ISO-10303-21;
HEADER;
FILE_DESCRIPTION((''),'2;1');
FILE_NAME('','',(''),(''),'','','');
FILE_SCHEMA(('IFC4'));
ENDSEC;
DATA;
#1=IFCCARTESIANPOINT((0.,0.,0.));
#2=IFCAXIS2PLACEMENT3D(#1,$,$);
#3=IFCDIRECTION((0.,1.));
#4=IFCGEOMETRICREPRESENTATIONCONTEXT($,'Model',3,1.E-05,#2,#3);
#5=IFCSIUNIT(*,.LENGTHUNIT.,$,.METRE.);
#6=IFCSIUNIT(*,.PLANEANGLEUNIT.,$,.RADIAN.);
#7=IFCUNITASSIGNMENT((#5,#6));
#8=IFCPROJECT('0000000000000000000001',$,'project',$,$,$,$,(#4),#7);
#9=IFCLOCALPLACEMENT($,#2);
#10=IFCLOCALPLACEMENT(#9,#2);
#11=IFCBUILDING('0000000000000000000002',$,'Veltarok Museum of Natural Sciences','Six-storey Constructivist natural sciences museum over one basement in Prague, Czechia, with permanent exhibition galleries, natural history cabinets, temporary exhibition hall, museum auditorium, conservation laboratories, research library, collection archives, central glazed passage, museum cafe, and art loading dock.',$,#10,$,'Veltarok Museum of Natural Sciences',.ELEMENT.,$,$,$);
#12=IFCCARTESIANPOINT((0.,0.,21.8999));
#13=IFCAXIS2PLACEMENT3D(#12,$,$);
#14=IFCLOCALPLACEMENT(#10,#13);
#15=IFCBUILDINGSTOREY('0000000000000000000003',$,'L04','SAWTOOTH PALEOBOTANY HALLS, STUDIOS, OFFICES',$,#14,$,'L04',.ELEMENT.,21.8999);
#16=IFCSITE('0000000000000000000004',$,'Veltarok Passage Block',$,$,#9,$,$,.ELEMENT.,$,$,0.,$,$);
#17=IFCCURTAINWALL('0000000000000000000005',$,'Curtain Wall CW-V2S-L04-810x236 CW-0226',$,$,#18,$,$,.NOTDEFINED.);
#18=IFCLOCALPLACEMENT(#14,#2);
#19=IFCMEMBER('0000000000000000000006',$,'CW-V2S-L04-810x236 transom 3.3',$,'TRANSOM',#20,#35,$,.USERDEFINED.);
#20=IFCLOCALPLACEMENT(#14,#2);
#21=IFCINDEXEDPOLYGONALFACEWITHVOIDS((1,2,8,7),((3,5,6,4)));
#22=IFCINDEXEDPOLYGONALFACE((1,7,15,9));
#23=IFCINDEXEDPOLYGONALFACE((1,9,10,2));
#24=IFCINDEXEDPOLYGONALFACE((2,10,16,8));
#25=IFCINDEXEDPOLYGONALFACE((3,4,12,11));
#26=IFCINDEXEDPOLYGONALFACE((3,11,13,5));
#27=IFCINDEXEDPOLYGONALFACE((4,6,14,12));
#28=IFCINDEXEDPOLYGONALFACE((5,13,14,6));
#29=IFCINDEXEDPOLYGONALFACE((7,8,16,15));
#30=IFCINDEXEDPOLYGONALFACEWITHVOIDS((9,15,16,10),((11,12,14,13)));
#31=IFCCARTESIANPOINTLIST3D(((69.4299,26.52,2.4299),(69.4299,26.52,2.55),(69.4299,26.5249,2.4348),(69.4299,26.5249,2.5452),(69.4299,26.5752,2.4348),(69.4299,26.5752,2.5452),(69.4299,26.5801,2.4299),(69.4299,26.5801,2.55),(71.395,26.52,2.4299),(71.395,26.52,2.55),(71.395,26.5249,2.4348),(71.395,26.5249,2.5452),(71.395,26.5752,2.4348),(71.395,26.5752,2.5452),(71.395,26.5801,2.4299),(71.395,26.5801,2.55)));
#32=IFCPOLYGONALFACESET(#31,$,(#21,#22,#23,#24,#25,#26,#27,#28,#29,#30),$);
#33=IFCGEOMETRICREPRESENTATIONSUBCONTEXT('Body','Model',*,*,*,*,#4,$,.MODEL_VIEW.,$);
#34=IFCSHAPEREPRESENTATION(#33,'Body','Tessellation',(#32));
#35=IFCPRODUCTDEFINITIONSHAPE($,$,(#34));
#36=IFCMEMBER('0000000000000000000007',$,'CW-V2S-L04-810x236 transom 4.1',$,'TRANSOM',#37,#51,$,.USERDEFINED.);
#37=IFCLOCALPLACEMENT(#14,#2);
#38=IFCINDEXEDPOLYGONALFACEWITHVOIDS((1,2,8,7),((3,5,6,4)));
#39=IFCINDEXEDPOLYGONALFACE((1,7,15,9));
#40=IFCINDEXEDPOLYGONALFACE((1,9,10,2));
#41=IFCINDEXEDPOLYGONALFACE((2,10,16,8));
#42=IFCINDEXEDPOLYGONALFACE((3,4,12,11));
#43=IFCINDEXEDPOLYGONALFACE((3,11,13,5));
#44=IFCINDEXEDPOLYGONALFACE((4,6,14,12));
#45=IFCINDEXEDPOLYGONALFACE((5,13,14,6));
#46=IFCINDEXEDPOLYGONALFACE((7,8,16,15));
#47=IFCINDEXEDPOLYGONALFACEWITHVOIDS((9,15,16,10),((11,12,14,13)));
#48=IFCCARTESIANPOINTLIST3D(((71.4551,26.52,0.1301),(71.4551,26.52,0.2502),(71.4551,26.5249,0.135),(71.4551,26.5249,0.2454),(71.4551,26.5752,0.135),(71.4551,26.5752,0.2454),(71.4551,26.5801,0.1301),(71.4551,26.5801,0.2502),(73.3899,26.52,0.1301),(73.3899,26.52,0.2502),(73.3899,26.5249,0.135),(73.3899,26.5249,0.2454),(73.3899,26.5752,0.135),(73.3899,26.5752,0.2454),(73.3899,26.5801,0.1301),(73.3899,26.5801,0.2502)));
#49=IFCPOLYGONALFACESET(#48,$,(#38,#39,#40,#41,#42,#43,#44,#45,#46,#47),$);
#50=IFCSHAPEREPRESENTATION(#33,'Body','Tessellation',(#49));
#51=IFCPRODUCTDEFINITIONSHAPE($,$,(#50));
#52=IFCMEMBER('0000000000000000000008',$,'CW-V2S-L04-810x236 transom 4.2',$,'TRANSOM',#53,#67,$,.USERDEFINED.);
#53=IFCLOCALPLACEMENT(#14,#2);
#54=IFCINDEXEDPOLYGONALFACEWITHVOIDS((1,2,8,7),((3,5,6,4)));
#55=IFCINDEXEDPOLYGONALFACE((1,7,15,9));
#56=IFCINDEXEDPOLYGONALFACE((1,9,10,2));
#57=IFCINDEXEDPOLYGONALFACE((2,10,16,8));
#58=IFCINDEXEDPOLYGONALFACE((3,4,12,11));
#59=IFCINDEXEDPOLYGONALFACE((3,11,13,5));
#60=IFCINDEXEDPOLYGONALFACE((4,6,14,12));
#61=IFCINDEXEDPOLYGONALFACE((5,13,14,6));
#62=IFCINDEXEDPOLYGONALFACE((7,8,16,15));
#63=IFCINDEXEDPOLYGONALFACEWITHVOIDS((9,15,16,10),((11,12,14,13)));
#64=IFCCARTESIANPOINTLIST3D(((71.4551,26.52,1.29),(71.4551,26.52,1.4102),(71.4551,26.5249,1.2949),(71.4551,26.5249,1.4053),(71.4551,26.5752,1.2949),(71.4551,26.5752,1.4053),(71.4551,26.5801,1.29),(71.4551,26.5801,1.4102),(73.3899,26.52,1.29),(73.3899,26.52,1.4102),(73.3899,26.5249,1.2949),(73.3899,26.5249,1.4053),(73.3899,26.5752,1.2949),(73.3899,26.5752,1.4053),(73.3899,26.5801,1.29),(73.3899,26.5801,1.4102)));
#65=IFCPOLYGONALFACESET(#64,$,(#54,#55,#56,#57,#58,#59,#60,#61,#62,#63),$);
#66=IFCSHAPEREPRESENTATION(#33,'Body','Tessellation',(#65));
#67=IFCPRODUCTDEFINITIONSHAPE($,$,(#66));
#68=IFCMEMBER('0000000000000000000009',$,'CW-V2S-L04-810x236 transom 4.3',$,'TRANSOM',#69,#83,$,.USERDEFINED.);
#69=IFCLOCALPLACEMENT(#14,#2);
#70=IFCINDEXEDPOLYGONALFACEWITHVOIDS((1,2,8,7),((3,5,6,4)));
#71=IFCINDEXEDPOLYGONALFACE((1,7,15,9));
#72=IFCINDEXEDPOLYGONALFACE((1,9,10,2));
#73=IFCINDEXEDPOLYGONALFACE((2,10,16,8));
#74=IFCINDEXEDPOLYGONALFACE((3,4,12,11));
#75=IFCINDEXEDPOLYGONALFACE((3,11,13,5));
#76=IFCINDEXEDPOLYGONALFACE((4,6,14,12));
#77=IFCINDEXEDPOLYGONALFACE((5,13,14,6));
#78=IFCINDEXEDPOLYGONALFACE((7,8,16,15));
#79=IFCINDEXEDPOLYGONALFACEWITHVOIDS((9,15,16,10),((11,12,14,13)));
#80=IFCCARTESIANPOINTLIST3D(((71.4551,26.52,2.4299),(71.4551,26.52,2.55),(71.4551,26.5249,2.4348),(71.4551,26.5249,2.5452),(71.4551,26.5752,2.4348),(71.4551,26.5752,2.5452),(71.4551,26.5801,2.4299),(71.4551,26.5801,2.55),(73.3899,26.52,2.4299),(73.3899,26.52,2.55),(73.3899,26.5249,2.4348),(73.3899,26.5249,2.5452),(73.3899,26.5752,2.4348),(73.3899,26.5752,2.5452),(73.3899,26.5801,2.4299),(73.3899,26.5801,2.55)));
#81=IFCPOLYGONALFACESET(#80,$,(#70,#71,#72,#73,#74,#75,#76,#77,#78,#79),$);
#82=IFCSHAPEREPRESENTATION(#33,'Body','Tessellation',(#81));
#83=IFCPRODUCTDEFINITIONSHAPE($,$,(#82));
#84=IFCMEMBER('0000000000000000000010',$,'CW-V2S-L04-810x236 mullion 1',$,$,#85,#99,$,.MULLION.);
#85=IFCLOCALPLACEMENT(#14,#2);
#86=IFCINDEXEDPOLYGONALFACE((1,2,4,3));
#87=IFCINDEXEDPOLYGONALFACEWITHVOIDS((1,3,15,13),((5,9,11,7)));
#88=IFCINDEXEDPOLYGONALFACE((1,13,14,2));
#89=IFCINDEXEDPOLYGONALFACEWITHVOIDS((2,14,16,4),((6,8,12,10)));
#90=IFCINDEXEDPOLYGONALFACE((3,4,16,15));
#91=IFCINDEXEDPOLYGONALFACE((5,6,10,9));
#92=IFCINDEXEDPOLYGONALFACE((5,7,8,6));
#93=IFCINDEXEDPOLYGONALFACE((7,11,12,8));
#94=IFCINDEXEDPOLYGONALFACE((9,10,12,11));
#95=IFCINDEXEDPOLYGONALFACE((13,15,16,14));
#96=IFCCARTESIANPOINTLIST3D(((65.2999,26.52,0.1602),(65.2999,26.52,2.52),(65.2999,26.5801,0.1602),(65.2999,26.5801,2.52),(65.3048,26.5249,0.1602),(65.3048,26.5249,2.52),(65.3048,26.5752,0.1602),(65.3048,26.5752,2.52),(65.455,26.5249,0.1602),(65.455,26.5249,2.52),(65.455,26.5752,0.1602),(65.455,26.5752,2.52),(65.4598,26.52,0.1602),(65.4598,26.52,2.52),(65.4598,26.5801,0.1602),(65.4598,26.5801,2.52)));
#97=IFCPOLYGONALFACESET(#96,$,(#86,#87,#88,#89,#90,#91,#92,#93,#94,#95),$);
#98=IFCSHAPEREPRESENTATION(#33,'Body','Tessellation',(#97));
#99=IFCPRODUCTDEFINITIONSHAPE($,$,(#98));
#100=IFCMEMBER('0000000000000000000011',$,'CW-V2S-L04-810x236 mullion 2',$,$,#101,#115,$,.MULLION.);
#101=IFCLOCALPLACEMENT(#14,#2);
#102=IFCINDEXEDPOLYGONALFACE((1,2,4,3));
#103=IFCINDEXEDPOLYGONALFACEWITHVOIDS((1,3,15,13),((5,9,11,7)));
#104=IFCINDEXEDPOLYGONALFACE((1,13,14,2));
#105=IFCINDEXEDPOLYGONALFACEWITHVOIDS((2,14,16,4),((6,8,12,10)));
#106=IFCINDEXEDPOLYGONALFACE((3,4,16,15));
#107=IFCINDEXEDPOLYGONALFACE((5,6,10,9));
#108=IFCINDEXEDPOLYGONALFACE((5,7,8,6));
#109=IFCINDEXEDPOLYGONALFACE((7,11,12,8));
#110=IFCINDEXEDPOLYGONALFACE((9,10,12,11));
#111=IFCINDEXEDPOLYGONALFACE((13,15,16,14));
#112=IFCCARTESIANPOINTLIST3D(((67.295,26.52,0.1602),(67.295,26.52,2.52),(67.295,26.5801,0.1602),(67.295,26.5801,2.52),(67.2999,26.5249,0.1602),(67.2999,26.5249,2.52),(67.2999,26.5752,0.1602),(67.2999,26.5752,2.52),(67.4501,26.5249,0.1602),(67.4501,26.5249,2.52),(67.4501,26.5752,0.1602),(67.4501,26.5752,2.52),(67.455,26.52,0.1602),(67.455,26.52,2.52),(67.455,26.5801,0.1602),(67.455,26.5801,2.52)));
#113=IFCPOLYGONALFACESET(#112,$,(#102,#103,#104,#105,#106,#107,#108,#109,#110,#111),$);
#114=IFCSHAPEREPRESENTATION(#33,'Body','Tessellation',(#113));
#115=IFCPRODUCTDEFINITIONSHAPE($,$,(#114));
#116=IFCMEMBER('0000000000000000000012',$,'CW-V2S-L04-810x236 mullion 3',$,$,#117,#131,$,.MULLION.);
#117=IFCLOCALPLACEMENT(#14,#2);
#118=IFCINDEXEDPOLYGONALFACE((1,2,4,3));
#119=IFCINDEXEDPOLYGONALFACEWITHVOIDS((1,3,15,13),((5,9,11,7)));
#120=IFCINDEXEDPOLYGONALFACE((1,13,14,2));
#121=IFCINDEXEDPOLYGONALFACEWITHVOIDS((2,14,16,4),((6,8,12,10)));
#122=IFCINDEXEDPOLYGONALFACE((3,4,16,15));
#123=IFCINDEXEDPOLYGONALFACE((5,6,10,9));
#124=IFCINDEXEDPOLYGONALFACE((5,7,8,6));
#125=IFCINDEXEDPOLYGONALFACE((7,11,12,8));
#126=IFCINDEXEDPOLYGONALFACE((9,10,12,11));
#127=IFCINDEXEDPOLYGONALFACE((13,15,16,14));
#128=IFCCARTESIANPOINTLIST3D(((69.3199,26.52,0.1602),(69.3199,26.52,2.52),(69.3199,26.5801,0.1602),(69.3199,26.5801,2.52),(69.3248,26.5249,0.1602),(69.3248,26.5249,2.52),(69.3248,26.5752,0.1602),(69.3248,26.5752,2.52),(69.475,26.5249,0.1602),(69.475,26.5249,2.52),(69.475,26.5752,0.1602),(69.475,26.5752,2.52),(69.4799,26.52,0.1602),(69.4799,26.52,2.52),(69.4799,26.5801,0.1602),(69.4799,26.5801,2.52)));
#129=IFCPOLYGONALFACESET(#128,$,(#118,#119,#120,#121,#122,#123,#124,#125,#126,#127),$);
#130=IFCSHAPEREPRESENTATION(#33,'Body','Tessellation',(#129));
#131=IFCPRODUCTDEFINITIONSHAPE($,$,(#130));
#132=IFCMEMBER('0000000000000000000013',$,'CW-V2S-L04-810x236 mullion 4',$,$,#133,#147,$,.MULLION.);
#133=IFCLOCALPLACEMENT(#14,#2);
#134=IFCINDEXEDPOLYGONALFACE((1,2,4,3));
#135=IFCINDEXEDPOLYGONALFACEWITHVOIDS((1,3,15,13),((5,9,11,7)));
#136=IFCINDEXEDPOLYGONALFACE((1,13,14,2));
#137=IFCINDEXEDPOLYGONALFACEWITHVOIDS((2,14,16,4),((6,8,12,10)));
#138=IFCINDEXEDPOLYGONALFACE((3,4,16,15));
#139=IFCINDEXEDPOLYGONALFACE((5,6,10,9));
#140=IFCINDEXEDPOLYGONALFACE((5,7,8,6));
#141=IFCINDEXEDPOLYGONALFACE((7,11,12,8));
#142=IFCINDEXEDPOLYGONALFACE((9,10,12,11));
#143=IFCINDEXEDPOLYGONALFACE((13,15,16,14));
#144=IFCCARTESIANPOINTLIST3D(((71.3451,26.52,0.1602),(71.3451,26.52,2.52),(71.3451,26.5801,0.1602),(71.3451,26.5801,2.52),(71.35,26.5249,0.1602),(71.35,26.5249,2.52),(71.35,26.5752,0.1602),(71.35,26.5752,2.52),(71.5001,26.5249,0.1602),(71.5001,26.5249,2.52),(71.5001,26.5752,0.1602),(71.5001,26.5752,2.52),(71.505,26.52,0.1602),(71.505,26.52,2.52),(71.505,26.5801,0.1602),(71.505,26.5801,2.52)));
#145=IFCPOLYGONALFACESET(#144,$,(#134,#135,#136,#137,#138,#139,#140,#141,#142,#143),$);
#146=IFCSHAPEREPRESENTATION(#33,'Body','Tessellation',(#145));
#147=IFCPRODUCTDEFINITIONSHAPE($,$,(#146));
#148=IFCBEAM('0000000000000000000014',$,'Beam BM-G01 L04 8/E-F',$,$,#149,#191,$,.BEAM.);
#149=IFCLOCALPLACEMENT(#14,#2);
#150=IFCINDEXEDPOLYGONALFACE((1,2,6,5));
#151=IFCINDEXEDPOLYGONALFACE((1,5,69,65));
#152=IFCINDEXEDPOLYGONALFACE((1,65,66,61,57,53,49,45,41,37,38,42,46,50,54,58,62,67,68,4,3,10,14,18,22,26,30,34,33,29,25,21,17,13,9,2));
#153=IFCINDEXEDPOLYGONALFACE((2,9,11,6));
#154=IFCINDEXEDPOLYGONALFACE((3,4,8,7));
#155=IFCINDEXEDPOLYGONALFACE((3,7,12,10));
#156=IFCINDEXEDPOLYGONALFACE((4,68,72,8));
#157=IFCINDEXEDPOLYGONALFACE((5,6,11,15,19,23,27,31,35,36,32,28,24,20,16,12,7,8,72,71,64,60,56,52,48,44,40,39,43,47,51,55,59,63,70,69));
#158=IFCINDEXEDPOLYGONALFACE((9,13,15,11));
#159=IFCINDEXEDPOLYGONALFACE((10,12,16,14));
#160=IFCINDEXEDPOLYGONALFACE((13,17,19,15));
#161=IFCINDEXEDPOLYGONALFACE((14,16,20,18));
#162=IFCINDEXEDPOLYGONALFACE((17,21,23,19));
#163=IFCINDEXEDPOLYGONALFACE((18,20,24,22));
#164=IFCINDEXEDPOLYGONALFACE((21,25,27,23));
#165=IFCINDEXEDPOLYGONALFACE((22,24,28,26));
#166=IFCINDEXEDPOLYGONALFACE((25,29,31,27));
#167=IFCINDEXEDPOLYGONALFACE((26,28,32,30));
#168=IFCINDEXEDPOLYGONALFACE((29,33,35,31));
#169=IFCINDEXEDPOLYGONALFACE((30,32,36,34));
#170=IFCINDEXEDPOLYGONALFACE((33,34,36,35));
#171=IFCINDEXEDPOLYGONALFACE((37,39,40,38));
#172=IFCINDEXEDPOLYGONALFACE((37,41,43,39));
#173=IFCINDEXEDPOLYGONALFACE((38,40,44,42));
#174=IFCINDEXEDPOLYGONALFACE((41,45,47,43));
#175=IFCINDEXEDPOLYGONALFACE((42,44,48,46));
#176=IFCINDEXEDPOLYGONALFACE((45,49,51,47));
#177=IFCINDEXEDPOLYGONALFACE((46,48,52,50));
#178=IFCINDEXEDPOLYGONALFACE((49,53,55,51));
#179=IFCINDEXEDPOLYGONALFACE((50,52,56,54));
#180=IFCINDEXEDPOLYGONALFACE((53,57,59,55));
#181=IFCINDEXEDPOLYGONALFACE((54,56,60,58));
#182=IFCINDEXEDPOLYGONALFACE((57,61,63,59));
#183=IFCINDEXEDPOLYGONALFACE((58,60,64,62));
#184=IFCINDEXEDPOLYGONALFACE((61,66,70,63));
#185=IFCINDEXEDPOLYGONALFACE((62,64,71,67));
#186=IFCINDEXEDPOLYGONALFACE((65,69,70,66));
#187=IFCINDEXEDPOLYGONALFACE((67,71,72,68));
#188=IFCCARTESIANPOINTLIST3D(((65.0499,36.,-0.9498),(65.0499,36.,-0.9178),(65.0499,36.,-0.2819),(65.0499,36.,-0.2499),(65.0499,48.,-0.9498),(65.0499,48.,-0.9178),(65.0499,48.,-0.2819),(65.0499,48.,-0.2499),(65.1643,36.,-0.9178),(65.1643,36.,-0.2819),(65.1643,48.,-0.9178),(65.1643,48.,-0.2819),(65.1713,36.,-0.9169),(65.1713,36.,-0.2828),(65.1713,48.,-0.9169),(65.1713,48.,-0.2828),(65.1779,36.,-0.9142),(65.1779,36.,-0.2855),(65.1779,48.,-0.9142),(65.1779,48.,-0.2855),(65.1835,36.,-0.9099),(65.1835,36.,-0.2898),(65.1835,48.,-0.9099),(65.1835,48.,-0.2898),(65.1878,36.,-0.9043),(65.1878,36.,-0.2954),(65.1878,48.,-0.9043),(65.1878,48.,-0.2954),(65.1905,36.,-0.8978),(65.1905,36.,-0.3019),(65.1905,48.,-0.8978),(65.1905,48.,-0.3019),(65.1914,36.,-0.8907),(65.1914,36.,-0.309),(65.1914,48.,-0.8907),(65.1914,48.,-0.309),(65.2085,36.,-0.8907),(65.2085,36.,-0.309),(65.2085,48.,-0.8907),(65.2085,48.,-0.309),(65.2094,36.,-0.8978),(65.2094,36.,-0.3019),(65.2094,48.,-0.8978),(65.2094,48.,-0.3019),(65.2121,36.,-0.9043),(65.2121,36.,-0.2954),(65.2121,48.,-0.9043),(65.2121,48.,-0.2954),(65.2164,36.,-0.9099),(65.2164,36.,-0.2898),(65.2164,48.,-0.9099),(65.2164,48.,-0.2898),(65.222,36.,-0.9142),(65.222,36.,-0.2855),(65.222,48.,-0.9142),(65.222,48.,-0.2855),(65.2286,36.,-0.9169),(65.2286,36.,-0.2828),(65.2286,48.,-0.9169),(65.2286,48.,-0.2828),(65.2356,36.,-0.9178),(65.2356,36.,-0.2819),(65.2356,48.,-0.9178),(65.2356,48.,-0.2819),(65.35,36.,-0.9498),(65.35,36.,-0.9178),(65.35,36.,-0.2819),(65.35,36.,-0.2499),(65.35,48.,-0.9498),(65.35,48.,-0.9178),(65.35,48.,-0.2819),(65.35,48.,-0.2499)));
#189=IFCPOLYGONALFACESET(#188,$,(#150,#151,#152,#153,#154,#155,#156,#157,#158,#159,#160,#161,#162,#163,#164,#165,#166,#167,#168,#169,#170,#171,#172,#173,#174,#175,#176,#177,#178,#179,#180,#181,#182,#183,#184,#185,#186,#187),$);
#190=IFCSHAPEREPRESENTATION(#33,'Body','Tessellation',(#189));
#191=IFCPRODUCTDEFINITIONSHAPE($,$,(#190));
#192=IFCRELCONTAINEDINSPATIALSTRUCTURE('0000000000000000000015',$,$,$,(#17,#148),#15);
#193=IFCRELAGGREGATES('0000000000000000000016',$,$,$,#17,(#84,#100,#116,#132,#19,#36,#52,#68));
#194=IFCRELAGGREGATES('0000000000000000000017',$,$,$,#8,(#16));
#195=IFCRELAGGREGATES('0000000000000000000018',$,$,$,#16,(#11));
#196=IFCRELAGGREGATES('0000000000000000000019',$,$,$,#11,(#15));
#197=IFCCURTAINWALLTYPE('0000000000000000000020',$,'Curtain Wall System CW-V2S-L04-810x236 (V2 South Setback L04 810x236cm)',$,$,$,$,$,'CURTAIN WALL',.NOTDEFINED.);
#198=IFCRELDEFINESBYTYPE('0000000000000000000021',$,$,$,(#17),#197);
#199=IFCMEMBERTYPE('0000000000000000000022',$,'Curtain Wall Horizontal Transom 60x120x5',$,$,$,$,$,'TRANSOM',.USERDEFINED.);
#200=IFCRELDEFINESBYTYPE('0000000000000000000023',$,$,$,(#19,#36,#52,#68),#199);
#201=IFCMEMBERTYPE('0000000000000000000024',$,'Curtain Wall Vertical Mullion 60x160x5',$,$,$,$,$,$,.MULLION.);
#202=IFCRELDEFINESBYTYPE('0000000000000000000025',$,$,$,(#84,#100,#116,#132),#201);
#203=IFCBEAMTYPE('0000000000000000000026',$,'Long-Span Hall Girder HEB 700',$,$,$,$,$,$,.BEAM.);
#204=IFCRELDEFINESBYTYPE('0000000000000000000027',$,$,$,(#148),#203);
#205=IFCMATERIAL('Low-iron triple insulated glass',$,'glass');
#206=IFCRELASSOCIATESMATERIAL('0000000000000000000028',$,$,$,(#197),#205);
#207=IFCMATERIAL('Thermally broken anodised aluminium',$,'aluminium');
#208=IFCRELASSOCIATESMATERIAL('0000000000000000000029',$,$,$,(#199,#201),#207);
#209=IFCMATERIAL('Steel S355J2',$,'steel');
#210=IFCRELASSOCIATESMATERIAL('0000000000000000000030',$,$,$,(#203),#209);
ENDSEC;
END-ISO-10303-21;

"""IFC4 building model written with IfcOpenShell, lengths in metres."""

from ifc_helpers import new_model, si_unit, direction, frame, origin, origin_2d, place, context, subcontext, project, spatial, hollow_rectangle, i_section, extrude, material, material_profile, profile_set, type_object, element, aggregate, save


model = new_model("IFC4")

# Units and contexts
model_context = context("Model", 3, precision=1e-05, world=origin(), true_north=direction((0.0, 1.0)))
body_context = subcontext(model_context, "Body", "Model", "MODEL_VIEW")
ifc_project = project(units=[si_unit("LENGTHUNIT", "METRE"), si_unit("PLANEANGLEUNIT", "RADIAN")], contexts=[model_context])

# Site, building, storey
site_placement = place(None, origin())
site = spatial("IfcSite", under=ifc_project, at=site_placement, Name="Veltarok Passage Block", CompositionType="ELEMENT", RefElevation=0.0)
building_placement = place(site_placement, origin())
building = spatial("IfcBuilding", under=site, at=building_placement, Name="Veltarok Museum of Natural Sciences", Description="Six-storey Constructivist natural sciences museum over one basement in Prague, Czechia, with permanent exhibition galleries, natural history cabinets, temporary exhibition hall, museum auditorium, conservation laboratories, research library, collection archives, central glazed passage, museum cafe, and art loading dock.", LongName="Veltarok Museum of Natural Sciences", CompositionType="ELEMENT")
storey_placement = place(building_placement, frame((0.0, 0.0, 21.8999)))
storey = spatial("IfcBuildingStorey", under=building, at=storey_placement, Name="L04", Description="SAWTOOTH PALEOBOTANY HALLS, STUDIOS, OFFICES", LongName="L04", CompositionType="ELEMENT", Elevation=21.8999)

# Shared definitions
ifc_material_1 = material(Name="Steel S355J2", Category="steel")

# Curtain wall, members
ifc_material_2 = material(Name="Low-iron triple insulated glass", Category="glass")
curtain_wall_type = type_object("IfcCurtainWallType", Name="Curtain Wall System CW-V2S-L04-810x236 (V2 South Setback L04 810x236cm)", ElementType="CURTAIN WALL", PredefinedType="NOTDEFINED", material=ifc_material_2)
curtain_wall_placement = place(storey_placement, origin())
curtain_wall = element("IfcCurtainWall", 1, at=curtain_wall_placement, inside=storey, type_object=curtain_wall_type, Name="Curtain Wall CW-V2S-L04-810x236 CW-0226", PredefinedType="NOTDEFINED")
ifc_material_3 = material(Name="Thermally broken anodised aluminium", Category="aluminium")
ifc_material_profile_1 = material_profile(ifc_material_3, hollow_rectangle(XDim=0.0601, YDim=0.1201, WallThickness=0.0049, at=origin_2d()), Name="CW TRANSOM 60x120x5")
ifc_profile_set_1 = profile_set([ifc_material_profile_1], Name="Thermally broken anodised aluminium")
member_type_1 = type_object("IfcMemberType", Name="Curtain Wall Horizontal Transom 60x120x5", ElementType="TRANSOM", PredefinedType="USERDEFINED", material=ifc_profile_set_1)
member_1_placement = place(storey_placement, frame((69.4299, 26.55, 2.49), z_axis=(1.0, 0.0, 0.0), x_axis=(0.0, 1.0, 0.0)))
member_1 = element("IfcMember", 2, at=member_1_placement, type_object=member_type_1, Name="CW-V2S-L04-810x236 transom 3.3", ObjectType="TRANSOM", PredefinedType="USERDEFINED", context=body_context, shape_type="SweptSolid", body=[
    extrude(hollow_rectangle(XDim=0.0601, YDim=0.1201, WallThickness=0.0049, at=origin_2d()), origin(), (0.0, 0.0, 1.0), 1.9651),
])
member_2_placement = place(storey_placement, frame((71.4551, 26.55, 0.1902), z_axis=(1.0, 0.0, 0.0), x_axis=(0.0, 1.0, 0.0)))
member_2 = element("IfcMember", 3, at=member_2_placement, type_object=member_type_1, Name="CW-V2S-L04-810x236 transom 4.1", ObjectType="TRANSOM", PredefinedType="USERDEFINED", context=body_context, shape_type="SweptSolid", body=[
    extrude(hollow_rectangle(XDim=0.0601, YDim=0.1201, WallThickness=0.0049, at=origin_2d()), origin(), (0.0, 0.0, 1.0), 1.9348),
])
member_3_placement = place(storey_placement, frame((71.4551, 26.55, 1.3501), z_axis=(1.0, 0.0, 0.0), x_axis=(0.0, 1.0, 0.0)))
member_3 = element("IfcMember", 4, at=member_3_placement, type_object=member_type_1, Name="CW-V2S-L04-810x236 transom 4.2", ObjectType="TRANSOM", PredefinedType="USERDEFINED", context=body_context, shape_type="SweptSolid", body=[
    extrude(hollow_rectangle(XDim=0.0601, YDim=0.1201, WallThickness=0.0049, at=origin_2d()), origin(), (0.0, 0.0, 1.0), 1.9348),
])
member_4_placement = place(storey_placement, frame((71.4551, 26.55, 2.49), z_axis=(1.0, 0.0, 0.0), x_axis=(0.0, 1.0, 0.0)))
member_4 = element("IfcMember", 5, at=member_4_placement, type_object=member_type_1, Name="CW-V2S-L04-810x236 transom 4.3", ObjectType="TRANSOM", PredefinedType="USERDEFINED", context=body_context, shape_type="SweptSolid", body=[
    extrude(hollow_rectangle(XDim=0.0601, YDim=0.1201, WallThickness=0.0049, at=origin_2d()), origin(), (0.0, 0.0, 1.0), 1.9348),
])
ifc_material_profile_2 = material_profile(ifc_material_3, hollow_rectangle(XDim=0.0601, YDim=0.1599, WallThickness=0.0049, at=origin_2d()), Name="CW MULLION 60x160x5")
ifc_profile_set_2 = profile_set([ifc_material_profile_2], Name="Thermally broken anodised aluminium")
member_type_2 = type_object("IfcMemberType", Name="Curtain Wall Vertical Mullion 60x160x5", PredefinedType="MULLION", material=ifc_profile_set_2)
member_5_placement = place(storey_placement, frame((65.3799, 26.55, 0.1602), z_axis=(0.0, 0.0, 1.0), x_axis=(0.0, 1.0, 0.0)))
member_5 = element("IfcMember", 6, at=member_5_placement, type_object=member_type_2, Name="CW-V2S-L04-810x236 mullion 1", PredefinedType="MULLION", context=body_context, shape_type="SweptSolid", body=[
    extrude(hollow_rectangle(XDim=0.0601, YDim=0.1599, WallThickness=0.0049, at=origin_2d()), origin(), (0.0, 0.0, 1.0), 2.3599),
])
member_6_placement = place(storey_placement, frame((67.375, 26.55, 0.1602), z_axis=(0.0, 0.0, 1.0), x_axis=(0.0, 1.0, 0.0)))
member_6 = element("IfcMember", 7, at=member_6_placement, type_object=member_type_2, Name="CW-V2S-L04-810x236 mullion 2", PredefinedType="MULLION", context=body_context, shape_type="SweptSolid", body=[
    extrude(hollow_rectangle(XDim=0.0601, YDim=0.1599, WallThickness=0.0049, at=origin_2d()), origin(), (0.0, 0.0, 1.0), 2.3599),
])
member_7_placement = place(storey_placement, frame((69.3999, 26.55, 0.1602), z_axis=(0.0, 0.0, 1.0), x_axis=(0.0, 1.0, 0.0)))
member_7 = element("IfcMember", 8, at=member_7_placement, type_object=member_type_2, Name="CW-V2S-L04-810x236 mullion 3", PredefinedType="MULLION", context=body_context, shape_type="SweptSolid", body=[
    extrude(hollow_rectangle(XDim=0.0601, YDim=0.1599, WallThickness=0.0049, at=origin_2d()), origin(), (0.0, 0.0, 1.0), 2.3599),
])
member_8_placement = place(storey_placement, frame((71.425, 26.55, 0.1602), z_axis=(0.0, 0.0, 1.0), x_axis=(0.0, 1.0, 0.0)))
member_8 = element("IfcMember", 9, at=member_8_placement, type_object=member_type_2, Name="CW-V2S-L04-810x236 mullion 4", PredefinedType="MULLION", context=body_context, shape_type="SweptSolid", body=[
    extrude(hollow_rectangle(XDim=0.0601, YDim=0.1599, WallThickness=0.0049, at=origin_2d()), origin(), (0.0, 0.0, 1.0), 2.3599),
])

# Beam
ifc_material_profile_3 = material_profile(ifc_material_1, i_section(OverallWidth=0.3, OverallDepth=0.7, WebThickness=0.0171, FlangeThickness=0.032, FilletRadius=0.0271, at=origin_2d()), Name="HEB 700")
ifc_profile_set_3 = profile_set([ifc_material_profile_3], Name="Steel S355J2")
beam_type_1 = type_object("IfcBeamType", Name="Long-Span Hall Girder HEB 700", PredefinedType="BEAM", material=ifc_profile_set_3)
beam_1_placement = place(storey_placement, frame((65.2, 36.0, -0.5999), z_axis=(0.0, 1.0, 0.0), x_axis=(-1.0, 0.0, 0.0)))
element("IfcBeam", 10, at=beam_1_placement, inside=storey, type_object=beam_type_1, Name="Beam BM-G01 L04 8/E-F", PredefinedType="BEAM", context=body_context, shape_type="SweptSolid", body=[
    extrude(i_section(OverallWidth=0.3, OverallDepth=0.7, WebThickness=0.0171, FlangeThickness=0.032, FilletRadius=0.0271, at=origin_2d()), origin(), (0.0, 0.0, 1.0), 12.0),
])

aggregate(curtain_wall, [member_5, member_6, member_7, member_8, member_1, member_2, member_3, member_4])

save(model, "model.ifc")
